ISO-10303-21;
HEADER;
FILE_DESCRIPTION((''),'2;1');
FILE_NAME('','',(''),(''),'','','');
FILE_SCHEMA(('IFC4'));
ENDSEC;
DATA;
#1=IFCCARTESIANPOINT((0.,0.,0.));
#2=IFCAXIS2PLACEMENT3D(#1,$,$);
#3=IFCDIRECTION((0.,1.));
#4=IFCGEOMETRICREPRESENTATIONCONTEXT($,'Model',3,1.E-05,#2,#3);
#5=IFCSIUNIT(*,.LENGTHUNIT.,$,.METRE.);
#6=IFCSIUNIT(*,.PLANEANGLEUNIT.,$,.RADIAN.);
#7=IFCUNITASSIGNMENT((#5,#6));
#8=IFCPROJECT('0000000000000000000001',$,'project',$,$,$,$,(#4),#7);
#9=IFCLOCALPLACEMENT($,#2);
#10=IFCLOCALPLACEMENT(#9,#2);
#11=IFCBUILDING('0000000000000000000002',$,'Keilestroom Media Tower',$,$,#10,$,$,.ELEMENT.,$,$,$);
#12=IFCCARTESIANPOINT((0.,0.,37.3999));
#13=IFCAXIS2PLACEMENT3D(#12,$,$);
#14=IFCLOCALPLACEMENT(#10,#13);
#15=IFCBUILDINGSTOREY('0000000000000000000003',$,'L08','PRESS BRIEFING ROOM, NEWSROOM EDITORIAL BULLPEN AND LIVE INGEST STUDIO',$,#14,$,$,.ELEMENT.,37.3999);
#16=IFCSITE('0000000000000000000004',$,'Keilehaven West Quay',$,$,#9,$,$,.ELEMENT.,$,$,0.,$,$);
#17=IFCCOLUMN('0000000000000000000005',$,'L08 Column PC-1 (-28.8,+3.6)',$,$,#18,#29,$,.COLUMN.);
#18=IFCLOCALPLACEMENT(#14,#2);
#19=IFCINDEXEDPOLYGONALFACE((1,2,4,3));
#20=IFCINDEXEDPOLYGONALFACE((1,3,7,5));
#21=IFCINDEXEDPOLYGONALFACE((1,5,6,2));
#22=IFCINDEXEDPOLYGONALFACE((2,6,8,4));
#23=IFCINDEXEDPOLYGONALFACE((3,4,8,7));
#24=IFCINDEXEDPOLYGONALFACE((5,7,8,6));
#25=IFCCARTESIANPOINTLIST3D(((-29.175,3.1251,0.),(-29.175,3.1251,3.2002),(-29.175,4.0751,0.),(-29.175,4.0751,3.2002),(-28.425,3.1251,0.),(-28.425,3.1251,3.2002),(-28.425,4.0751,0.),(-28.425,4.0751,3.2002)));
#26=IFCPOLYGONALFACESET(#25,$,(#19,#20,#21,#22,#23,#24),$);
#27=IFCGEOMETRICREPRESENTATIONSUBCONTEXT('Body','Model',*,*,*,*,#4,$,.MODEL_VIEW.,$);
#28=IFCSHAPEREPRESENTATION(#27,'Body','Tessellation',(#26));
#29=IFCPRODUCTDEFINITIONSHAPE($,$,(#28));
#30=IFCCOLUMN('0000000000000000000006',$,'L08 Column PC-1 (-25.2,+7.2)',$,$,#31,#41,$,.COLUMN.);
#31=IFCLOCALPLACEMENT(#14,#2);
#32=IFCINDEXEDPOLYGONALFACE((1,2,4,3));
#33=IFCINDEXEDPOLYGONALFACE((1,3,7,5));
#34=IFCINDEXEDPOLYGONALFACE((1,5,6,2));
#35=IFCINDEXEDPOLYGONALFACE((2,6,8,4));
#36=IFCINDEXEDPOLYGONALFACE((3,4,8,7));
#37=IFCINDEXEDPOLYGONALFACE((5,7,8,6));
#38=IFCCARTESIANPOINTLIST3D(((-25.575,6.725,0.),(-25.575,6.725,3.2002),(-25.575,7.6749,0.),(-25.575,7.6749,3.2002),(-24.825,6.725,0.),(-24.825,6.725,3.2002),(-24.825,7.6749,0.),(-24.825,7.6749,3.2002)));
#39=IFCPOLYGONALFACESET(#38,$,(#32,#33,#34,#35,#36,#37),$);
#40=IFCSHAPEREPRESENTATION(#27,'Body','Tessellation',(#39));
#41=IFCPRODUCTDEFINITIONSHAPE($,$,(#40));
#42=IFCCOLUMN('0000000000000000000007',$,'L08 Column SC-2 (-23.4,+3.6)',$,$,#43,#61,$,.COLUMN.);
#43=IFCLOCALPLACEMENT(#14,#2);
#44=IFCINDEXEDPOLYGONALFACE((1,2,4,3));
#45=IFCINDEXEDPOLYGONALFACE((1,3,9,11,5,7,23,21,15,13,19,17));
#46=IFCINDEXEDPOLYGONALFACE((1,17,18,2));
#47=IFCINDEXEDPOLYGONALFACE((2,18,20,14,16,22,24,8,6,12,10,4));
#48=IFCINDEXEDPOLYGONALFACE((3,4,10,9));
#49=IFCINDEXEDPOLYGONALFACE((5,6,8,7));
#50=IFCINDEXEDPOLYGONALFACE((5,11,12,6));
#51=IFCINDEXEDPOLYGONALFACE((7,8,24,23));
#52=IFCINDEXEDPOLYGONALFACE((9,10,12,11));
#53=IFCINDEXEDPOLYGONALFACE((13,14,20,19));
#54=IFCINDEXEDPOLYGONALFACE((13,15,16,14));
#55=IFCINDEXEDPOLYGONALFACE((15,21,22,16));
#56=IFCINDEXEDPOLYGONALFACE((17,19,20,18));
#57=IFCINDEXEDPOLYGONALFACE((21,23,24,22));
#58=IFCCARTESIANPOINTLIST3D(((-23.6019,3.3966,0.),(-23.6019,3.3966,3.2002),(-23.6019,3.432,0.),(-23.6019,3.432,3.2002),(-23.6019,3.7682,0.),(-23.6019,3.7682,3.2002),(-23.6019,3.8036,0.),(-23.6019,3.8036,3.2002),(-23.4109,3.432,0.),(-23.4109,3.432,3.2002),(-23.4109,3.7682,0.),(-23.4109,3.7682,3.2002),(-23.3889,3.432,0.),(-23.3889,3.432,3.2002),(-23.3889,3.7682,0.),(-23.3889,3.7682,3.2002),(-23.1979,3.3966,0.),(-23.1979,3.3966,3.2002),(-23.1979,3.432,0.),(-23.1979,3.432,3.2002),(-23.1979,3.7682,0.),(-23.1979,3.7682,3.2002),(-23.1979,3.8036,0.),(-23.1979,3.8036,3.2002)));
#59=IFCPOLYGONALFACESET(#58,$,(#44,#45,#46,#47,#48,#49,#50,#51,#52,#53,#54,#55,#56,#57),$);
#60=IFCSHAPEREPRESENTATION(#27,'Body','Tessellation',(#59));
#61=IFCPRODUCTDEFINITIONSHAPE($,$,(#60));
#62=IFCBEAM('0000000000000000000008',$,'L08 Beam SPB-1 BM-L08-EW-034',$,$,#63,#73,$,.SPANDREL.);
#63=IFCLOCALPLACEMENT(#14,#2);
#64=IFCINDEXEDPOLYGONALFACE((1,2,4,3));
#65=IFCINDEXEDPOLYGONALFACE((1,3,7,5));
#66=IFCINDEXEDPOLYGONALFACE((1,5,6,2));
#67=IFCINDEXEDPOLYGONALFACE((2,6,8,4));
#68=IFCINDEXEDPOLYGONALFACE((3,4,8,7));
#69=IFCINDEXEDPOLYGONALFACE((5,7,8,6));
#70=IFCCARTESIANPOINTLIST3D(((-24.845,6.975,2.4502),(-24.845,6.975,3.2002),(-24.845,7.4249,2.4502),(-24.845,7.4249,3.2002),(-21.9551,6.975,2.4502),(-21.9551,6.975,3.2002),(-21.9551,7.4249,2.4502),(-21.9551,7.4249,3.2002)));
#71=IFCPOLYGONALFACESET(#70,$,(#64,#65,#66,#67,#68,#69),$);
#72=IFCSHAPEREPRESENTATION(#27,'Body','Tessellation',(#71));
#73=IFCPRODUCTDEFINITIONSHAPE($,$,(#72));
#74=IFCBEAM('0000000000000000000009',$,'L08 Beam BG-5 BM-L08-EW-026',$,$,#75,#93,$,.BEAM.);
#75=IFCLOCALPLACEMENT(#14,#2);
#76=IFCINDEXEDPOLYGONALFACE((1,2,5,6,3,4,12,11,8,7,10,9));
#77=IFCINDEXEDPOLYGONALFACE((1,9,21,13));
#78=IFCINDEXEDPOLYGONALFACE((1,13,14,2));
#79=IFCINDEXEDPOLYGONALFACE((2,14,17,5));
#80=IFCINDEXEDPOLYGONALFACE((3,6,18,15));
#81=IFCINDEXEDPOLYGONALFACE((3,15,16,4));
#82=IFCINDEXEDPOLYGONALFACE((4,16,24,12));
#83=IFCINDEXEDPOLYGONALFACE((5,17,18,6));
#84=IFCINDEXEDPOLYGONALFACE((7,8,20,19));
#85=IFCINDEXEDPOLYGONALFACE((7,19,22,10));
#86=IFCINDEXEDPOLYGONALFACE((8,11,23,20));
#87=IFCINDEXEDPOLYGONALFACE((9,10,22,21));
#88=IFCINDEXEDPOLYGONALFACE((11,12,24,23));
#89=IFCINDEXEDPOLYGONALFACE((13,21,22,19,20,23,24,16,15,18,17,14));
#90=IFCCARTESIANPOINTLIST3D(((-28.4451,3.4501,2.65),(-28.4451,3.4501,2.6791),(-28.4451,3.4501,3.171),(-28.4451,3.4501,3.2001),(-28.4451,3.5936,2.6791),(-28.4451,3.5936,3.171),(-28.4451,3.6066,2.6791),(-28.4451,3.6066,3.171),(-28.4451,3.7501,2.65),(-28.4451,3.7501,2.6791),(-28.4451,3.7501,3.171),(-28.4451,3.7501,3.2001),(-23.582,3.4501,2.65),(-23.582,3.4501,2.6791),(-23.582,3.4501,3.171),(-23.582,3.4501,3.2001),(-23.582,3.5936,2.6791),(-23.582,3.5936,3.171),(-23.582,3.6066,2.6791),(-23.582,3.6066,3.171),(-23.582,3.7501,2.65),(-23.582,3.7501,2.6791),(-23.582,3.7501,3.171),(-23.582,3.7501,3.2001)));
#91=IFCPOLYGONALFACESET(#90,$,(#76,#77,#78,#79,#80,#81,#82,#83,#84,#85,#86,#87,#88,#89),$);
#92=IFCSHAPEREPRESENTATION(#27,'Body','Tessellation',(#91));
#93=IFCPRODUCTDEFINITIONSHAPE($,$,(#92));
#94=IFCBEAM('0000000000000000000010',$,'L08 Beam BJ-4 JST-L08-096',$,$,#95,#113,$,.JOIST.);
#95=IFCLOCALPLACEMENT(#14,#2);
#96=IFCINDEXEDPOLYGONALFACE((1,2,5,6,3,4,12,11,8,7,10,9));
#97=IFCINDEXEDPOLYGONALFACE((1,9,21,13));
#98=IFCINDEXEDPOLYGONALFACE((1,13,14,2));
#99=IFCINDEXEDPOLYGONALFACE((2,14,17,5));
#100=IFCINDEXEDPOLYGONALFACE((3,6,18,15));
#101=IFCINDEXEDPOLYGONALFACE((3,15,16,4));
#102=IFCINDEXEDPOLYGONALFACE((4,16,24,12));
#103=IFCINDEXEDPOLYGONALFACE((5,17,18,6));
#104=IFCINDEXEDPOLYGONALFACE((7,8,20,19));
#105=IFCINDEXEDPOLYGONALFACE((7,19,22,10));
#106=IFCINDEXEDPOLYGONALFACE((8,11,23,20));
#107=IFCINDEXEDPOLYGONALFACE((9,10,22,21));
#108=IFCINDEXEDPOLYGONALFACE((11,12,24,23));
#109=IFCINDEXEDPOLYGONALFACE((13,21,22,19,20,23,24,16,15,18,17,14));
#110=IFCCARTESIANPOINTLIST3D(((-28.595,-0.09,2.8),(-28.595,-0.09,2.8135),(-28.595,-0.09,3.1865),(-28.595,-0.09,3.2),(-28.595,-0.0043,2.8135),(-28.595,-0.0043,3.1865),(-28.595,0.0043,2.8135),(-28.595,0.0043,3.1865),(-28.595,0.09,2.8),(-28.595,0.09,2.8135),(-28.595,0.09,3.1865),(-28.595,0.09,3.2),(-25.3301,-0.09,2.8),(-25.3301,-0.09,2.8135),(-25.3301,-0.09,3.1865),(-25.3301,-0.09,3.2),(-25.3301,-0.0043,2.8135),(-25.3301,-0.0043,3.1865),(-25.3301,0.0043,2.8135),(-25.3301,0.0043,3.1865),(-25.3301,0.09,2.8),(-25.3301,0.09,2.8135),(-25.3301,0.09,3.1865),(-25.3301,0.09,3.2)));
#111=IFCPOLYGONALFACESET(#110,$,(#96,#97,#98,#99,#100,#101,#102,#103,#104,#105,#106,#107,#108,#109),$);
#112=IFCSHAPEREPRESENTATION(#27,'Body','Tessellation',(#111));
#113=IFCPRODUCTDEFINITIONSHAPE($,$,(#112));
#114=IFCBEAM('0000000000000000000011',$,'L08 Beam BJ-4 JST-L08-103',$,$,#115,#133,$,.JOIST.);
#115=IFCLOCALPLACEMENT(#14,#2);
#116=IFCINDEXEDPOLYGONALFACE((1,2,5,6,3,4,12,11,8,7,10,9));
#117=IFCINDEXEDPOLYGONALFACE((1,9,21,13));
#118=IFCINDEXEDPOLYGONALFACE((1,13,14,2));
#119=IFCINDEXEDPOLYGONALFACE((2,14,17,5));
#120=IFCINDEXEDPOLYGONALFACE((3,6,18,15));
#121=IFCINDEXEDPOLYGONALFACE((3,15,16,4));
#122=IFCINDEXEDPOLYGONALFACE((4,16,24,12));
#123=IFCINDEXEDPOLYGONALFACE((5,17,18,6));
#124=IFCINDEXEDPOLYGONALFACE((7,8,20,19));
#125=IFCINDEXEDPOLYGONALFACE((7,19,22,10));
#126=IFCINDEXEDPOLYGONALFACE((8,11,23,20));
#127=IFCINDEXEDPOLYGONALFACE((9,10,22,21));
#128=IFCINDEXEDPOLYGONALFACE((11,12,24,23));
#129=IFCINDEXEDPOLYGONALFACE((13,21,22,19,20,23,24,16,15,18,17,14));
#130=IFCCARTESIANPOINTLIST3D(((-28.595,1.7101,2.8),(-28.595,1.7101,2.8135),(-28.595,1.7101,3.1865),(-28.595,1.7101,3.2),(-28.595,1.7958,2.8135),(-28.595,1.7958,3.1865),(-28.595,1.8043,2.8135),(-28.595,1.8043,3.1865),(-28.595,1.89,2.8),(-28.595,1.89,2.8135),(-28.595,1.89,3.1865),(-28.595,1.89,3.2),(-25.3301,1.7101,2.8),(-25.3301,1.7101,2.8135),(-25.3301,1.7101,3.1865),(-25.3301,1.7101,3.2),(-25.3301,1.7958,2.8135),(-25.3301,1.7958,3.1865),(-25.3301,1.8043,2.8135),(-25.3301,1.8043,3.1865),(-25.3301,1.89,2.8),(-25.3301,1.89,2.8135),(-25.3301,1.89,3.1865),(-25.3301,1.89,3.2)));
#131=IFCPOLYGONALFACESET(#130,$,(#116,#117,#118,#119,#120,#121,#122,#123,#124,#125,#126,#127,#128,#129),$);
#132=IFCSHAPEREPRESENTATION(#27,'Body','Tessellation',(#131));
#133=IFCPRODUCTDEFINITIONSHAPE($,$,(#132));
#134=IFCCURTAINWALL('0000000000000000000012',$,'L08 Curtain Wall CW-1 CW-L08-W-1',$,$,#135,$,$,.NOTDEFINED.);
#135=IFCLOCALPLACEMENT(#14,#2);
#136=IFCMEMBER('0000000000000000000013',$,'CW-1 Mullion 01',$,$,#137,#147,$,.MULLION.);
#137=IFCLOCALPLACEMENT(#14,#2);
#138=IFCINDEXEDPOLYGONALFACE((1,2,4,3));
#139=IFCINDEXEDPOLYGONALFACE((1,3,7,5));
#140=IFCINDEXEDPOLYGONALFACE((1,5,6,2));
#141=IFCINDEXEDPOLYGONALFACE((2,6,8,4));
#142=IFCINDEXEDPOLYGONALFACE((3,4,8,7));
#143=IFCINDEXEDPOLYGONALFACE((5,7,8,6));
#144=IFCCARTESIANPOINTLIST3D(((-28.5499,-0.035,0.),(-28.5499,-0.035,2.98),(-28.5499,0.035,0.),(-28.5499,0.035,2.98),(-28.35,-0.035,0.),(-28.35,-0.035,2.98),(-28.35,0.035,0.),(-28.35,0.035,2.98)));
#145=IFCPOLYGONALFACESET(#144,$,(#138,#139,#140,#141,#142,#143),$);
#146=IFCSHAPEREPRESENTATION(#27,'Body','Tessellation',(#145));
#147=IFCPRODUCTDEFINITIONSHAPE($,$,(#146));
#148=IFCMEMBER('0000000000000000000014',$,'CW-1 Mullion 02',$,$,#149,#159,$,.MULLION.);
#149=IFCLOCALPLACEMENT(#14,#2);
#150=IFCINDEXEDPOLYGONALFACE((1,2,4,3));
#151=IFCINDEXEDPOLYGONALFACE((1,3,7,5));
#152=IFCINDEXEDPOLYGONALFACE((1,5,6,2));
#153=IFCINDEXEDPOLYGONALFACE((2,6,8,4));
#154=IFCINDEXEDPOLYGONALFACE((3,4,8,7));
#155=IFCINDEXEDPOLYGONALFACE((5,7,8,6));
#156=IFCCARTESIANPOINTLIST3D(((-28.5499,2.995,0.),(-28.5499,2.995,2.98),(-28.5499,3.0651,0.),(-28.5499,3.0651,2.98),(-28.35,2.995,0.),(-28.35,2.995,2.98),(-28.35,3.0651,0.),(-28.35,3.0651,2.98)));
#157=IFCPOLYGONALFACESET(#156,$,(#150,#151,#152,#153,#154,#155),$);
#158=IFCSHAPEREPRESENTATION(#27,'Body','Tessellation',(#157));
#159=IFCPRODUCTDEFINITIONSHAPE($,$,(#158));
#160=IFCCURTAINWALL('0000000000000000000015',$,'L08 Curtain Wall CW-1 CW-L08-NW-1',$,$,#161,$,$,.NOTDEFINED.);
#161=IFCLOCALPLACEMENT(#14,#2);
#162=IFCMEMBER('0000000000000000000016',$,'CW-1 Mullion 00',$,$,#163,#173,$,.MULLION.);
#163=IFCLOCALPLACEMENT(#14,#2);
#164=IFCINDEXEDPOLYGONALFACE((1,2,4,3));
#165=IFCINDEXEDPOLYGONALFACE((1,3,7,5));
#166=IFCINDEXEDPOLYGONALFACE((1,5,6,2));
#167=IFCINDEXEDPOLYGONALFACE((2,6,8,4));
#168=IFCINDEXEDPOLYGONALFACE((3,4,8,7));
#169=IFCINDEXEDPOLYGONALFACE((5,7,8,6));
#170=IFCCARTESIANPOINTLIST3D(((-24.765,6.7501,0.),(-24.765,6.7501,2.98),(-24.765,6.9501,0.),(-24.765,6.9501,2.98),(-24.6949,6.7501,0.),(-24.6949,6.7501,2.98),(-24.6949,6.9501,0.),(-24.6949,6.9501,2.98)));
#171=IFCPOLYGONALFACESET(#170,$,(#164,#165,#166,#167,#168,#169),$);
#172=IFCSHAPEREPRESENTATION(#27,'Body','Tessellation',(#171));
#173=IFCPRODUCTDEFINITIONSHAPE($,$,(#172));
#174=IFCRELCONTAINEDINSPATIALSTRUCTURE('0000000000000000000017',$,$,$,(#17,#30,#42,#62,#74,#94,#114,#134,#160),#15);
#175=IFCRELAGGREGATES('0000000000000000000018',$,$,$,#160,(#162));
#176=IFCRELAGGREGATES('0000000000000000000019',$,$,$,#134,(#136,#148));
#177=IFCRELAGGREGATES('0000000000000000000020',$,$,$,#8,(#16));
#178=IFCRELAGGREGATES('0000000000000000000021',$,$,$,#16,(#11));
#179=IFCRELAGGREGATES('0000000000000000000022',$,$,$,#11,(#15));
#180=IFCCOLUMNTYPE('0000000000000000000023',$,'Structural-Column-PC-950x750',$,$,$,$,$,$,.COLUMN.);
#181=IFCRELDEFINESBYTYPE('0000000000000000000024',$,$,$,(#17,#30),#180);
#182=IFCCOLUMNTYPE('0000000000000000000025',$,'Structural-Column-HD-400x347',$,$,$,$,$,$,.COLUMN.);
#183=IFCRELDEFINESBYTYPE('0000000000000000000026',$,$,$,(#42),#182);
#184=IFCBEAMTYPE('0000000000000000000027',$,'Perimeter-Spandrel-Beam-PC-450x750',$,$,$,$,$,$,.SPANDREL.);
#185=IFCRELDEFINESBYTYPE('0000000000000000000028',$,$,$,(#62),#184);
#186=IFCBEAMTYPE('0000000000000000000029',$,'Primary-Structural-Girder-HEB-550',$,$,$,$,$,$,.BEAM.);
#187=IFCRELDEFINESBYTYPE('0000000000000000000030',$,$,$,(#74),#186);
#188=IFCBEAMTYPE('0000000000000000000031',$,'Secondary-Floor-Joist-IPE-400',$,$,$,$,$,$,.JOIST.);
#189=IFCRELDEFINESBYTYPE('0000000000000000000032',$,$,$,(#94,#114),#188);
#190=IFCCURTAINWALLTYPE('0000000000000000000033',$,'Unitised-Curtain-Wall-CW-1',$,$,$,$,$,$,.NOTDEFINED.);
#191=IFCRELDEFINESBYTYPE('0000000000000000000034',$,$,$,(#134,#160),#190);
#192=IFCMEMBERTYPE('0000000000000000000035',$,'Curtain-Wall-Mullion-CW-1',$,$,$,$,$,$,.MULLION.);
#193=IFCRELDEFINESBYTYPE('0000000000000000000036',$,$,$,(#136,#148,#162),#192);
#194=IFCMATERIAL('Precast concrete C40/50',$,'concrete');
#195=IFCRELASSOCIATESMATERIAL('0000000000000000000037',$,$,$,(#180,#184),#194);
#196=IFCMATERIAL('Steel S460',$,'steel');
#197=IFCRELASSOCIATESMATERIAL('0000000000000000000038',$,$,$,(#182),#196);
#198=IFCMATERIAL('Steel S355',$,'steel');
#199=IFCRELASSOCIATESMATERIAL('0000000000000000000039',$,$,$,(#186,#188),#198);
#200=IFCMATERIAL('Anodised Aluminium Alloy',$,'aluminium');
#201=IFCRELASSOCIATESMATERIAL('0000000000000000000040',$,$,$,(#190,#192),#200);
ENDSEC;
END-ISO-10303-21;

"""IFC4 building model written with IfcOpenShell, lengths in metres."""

from ifc_helpers import new_model, si_unit, direction, frame, origin, origin_2d, place, context, subcontext, project, spatial, rectangle, i_section, extrude, source, transform, mapped, material, material_profile, profile_set, type_object, element, aggregate, save


model = new_model("IFC4")

# Units and contexts
model_context = context("Model", 3, precision=1e-05, world=origin(), true_north=direction((0.0, 1.0)))
body_context = subcontext(model_context, "Body", "Model", "MODEL_VIEW")
ifc_project = project(units=[si_unit("LENGTHUNIT", "METRE"), si_unit("PLANEANGLEUNIT", "RADIAN")], contexts=[model_context])

# Site, building, storey
site_placement = place(None, origin())
site = spatial("IfcSite", under=ifc_project, at=site_placement, Name="Keilehaven West Quay", CompositionType="ELEMENT", RefElevation=0.0)
building_placement = place(site_placement, origin())
building = spatial("IfcBuilding", under=site, at=building_placement, Name="Keilestroom Media Tower", CompositionType="ELEMENT")
storey_placement = place(building_placement, frame((0.0, 0.0, 37.3999)))
storey = spatial("IfcBuildingStorey", under=building, at=storey_placement, Name="L08", Description="PRESS BRIEFING ROOM, NEWSROOM EDITORIAL BULLPEN AND LIVE INGEST STUDIO", CompositionType="ELEMENT", Elevation=37.3999)

# Columns
ifc_material_1 = material(Name="Precast concrete C40/50", Category="concrete")
ifc_material_profile_1 = material_profile(ifc_material_1, rectangle(XDim=0.75, YDim=0.95, at=origin_2d()), Name="PC 950x750")
ifc_profile_set_1 = profile_set([ifc_material_profile_1], Name="Precast concrete C40/50")
column_type_1 = type_object("IfcColumnType", Name="Structural-Column-PC-950x750", PredefinedType="COLUMN", material=ifc_profile_set_1)
shared_shape_1 = source(origin(), body_context, "Body", "SweptSolid", [
    extrude(rectangle(XDim=0.75, YDim=0.95, at=origin_2d()), origin(), (0.0, 0.0, 1.0), 3.2002),
])
for number, where, z_axis, x_axis, name in (
    (1, (-28.8, 3.6001, 0.0), (0.0, 0.0, 1.0), (1.0, 0.0, 0.0), "L08 Column PC-1 (-28.8,+3.6)"),
    (2, (-25.2, 7.2, 0.0), (0.0, 0.0, 1.0), (1.0, 0.0, 0.0), "L08 Column PC-1 (-25.2,+7.2)"),
):
    element("IfcColumn", number, at=place(storey_placement, frame(where, z_axis=z_axis, x_axis=x_axis)), inside=storey, type_object=column_type_1, Name=name, PredefinedType="COLUMN", context=body_context, shape_type="MappedRepresentation", body=[
        mapped(shared_shape_1, transform((0.0, 0.0, 0.0), x_axis=(1.0, 0.0, 0.0), y_axis=(0.0, 1.0, 0.0), z_axis=(0.0, 0.0, 1.0), scale=1.0)),
    ])
ifc_material_2 = material(Name="Steel S460", Category="steel")
ifc_material_profile_2 = material_profile(ifc_material_2, i_section(OverallWidth=0.4041, OverallDepth=0.407, WebThickness=0.022, FlangeThickness=0.0354, at=origin_2d()), Name="HD 400x347")
ifc_profile_set_2 = profile_set([ifc_material_profile_2], Name="Steel S460")
column_type_2 = type_object("IfcColumnType", Name="Structural-Column-HD-400x347", PredefinedType="COLUMN", material=ifc_profile_set_2)
shared_shape_2 = source(origin(), body_context, "Body", "SweptSolid", [
    extrude(i_section(OverallWidth=0.4041, OverallDepth=0.407, WebThickness=0.022, FlangeThickness=0.0354, at=origin_2d()), origin(), (0.0, 0.0, 1.0), 3.2002),
])
column_placement = place(storey_placement, frame((-23.3999, 3.6001, 0.0), z_axis=(0.0, 0.0, 1.0), x_axis=(1.0, 0.0, 0.0)))
element("IfcColumn", 3, at=column_placement, inside=storey, type_object=column_type_2, Name="L08 Column SC-2 (-23.4,+3.6)", PredefinedType="COLUMN", context=body_context, shape_type="MappedRepresentation", body=[
    mapped(shared_shape_2, transform((0.0, 0.0, 0.0), x_axis=(1.0, 0.0, 0.0), y_axis=(0.0, 1.0, 0.0), z_axis=(0.0, 0.0, 1.0), scale=1.0)),
])

# Beams
ifc_material_profile_3 = material_profile(ifc_material_1, rectangle(XDim=0.45, YDim=0.75, at=origin_2d()), Name="PC 450x750")
ifc_profile_set_3 = profile_set([ifc_material_profile_3], Name="Precast concrete C40/50")
beam_type_1 = type_object("IfcBeamType", Name="Perimeter-Spandrel-Beam-PC-450x750", PredefinedType="SPANDREL", material=ifc_profile_set_3)
shared_shape_3 = source(origin(), body_context, "Body", "SweptSolid", [
    extrude(rectangle(XDim=0.45, YDim=0.75, at=origin_2d()), origin(), (0.0, 0.0, 1.0), 2.8899),
])
beam_1_placement = place(storey_placement, frame((-24.845, 7.2, 2.8252), z_axis=(1.0, 0.0, 0.0), x_axis=(0.0, 1.0, 0.0)))
element("IfcBeam", 4, at=beam_1_placement, inside=storey, type_object=beam_type_1, Name="L08 Beam SPB-1 BM-L08-EW-034", PredefinedType="SPANDREL", context=body_context, shape_type="MappedRepresentation", body=[
    mapped(shared_shape_3, transform((0.0, 0.0, 0.0), x_axis=(1.0, 0.0, 0.0), y_axis=(0.0, 1.0, 0.0), z_axis=(0.0, 0.0, 1.0), scale=1.0)),
])
ifc_material_3 = material(Name="Steel S355", Category="steel")
ifc_material_profile_4 = material_profile(ifc_material_3, i_section(OverallWidth=0.3, OverallDepth=0.55, WebThickness=0.0129, FlangeThickness=0.0291, at=origin_2d()), Name="HEB 550")
ifc_profile_set_4 = profile_set([ifc_material_profile_4], Name="Steel S355")
beam_type_2 = type_object("IfcBeamType", Name="Primary-Structural-Girder-HEB-550", PredefinedType="BEAM", material=ifc_profile_set_4)
shared_shape_4 = source(origin(), body_context, "Body", "SweptSolid", [
    extrude(i_section(OverallWidth=0.3, OverallDepth=0.55, WebThickness=0.0129, FlangeThickness=0.0291, at=origin_2d()), origin(), (0.0, 0.0, 1.0), 4.863),
])
beam_2_placement = place(storey_placement, frame((-28.4451, 3.6001, 2.925), z_axis=(1.0, 0.0, 0.0), x_axis=(0.0, 1.0, 0.0)))
element("IfcBeam", 5, at=beam_2_placement, inside=storey, type_object=beam_type_2, Name="L08 Beam BG-5 BM-L08-EW-026", PredefinedType="BEAM", context=body_context, shape_type="MappedRepresentation", body=[
    mapped(shared_shape_4, transform((0.0, 0.0, 0.0), x_axis=(1.0, 0.0, 0.0), y_axis=(0.0, 1.0, 0.0), z_axis=(0.0, 0.0, 1.0), scale=1.0)),
])
ifc_material_profile_5 = material_profile(ifc_material_3, i_section(OverallWidth=0.1799, OverallDepth=0.3999, WebThickness=0.0085, FlangeThickness=0.0134, at=origin_2d()), Name="IPE 400")
ifc_profile_set_5 = profile_set([ifc_material_profile_5], Name="Steel S355")
beam_type_3 = type_object("IfcBeamType", Name="Secondary-Floor-Joist-IPE-400", PredefinedType="JOIST", material=ifc_profile_set_5)
shared_shape_5 = source(origin(), body_context, "Body", "SweptSolid", [
    extrude(i_section(OverallWidth=0.1799, OverallDepth=0.3999, WebThickness=0.0085, FlangeThickness=0.0134, at=origin_2d()), origin(), (0.0, 0.0, 1.0), 3.2649),
])
for number, where, z_axis, x_axis, name in (
    (6, (-28.595, 0.0, 3.0), (1.0, 0.0, 0.0), (0.0, 1.0, 0.0), "L08 Beam BJ-4 JST-L08-096"),
    (7, (-28.595, 1.8, 3.0), (1.0, 0.0, 0.0), (0.0, 1.0, 0.0), "L08 Beam BJ-4 JST-L08-103"),
):
    element("IfcBeam", number, at=place(storey_placement, frame(where, z_axis=z_axis, x_axis=x_axis)), inside=storey, type_object=beam_type_3, Name=name, PredefinedType="JOIST", context=body_context, shape_type="MappedRepresentation", body=[
        mapped(shared_shape_5, transform((0.0, 0.0, 0.0), x_axis=(1.0, 0.0, 0.0), y_axis=(0.0, 1.0, 0.0), z_axis=(0.0, 0.0, 1.0), scale=1.0)),
    ])

# Curtain wall, members
ifc_material_4 = material(Name="Anodised Aluminium Alloy", Category="aluminium")
curtain_wall_type = type_object("IfcCurtainWallType", Name="Unitised-Curtain-Wall-CW-1", PredefinedType="NOTDEFINED", material=ifc_material_4)
curtain_wall_1_placement = place(storey_placement, origin())
curtain_wall_1 = element("IfcCurtainWall", 8, at=curtain_wall_1_placement, inside=storey, type_object=curtain_wall_type, Name="L08 Curtain Wall CW-1 CW-L08-W-1", PredefinedType="NOTDEFINED")
ifc_material_profile_6 = material_profile(ifc_material_4, rectangle(XDim=0.0701, YDim=0.2, at=origin_2d()), Name="ALU MULLION 70x200")
ifc_profile_set_6 = profile_set([ifc_material_profile_6], Name="Anodised Aluminium Alloy")
member_type_1 = type_object("IfcMemberType", Name="Curtain-Wall-Mullion-CW-1", PredefinedType="MULLION", material=ifc_profile_set_6)
shared_shape_6 = source(origin(), body_context, "Body", "SweptSolid", [
    extrude(rectangle(XDim=0.0701, YDim=0.2, at=origin_2d()), origin(), (0.0, 0.0, 1.0), 2.98),
])
member_1_placement = place(storey_placement, frame((-28.45, 0.0, 0.0), z_axis=(0.0, 0.0, 1.0), x_axis=(0.0, 1.0, 0.0)))
member_1 = element("IfcMember", 9, at=member_1_placement, type_object=member_type_1, Name="CW-1 Mullion 01", PredefinedType="MULLION", context=body_context, shape_type="MappedRepresentation", body=[
    mapped(shared_shape_6, transform((0.0, 0.0, 0.0), x_axis=(1.0, 0.0, 0.0), y_axis=(0.0, 1.0, 0.0), z_axis=(0.0, 0.0, 1.0), scale=1.0)),
])
member_2_placement = place(storey_placement, frame((-28.45, 3.03, 0.0), z_axis=(0.0, 0.0, 1.0), x_axis=(0.0, 1.0, 0.0)))
member_2 = element("IfcMember", 10, at=member_2_placement, type_object=member_type_1, Name="CW-1 Mullion 02", PredefinedType="MULLION", context=body_context, shape_type="MappedRepresentation", body=[
    mapped(shared_shape_6, transform((0.0, 0.0, 0.0), x_axis=(1.0, 0.0, 0.0), y_axis=(0.0, 1.0, 0.0), z_axis=(0.0, 0.0, 1.0), scale=1.0)),
])

# Curtain wall, member
curtain_wall_2_placement = place(storey_placement, origin())
curtain_wall_2 = element("IfcCurtainWall", 11, at=curtain_wall_2_placement, inside=storey, type_object=curtain_wall_type, Name="L08 Curtain Wall CW-1 CW-L08-NW-1", PredefinedType="NOTDEFINED")
member_3_placement = place(storey_placement, frame((-24.73, 6.8501, 0.0), z_axis=(0.0, 0.0, 1.0), x_axis=(1.0, 0.0, 0.0)))
member_3 = element("IfcMember", 12, at=member_3_placement, type_object=member_type_1, Name="CW-1 Mullion 00", PredefinedType="MULLION", context=body_context, shape_type="MappedRepresentation", body=[
    mapped(shared_shape_6, transform((0.0, 0.0, 0.0), x_axis=(1.0, 0.0, 0.0), y_axis=(0.0, 1.0, 0.0), z_axis=(0.0, 0.0, 1.0), scale=1.0)),
])

aggregate(curtain_wall_2, [member_3])

aggregate(curtain_wall_1, [member_1, member_2])

save(model, "model.ifc")
